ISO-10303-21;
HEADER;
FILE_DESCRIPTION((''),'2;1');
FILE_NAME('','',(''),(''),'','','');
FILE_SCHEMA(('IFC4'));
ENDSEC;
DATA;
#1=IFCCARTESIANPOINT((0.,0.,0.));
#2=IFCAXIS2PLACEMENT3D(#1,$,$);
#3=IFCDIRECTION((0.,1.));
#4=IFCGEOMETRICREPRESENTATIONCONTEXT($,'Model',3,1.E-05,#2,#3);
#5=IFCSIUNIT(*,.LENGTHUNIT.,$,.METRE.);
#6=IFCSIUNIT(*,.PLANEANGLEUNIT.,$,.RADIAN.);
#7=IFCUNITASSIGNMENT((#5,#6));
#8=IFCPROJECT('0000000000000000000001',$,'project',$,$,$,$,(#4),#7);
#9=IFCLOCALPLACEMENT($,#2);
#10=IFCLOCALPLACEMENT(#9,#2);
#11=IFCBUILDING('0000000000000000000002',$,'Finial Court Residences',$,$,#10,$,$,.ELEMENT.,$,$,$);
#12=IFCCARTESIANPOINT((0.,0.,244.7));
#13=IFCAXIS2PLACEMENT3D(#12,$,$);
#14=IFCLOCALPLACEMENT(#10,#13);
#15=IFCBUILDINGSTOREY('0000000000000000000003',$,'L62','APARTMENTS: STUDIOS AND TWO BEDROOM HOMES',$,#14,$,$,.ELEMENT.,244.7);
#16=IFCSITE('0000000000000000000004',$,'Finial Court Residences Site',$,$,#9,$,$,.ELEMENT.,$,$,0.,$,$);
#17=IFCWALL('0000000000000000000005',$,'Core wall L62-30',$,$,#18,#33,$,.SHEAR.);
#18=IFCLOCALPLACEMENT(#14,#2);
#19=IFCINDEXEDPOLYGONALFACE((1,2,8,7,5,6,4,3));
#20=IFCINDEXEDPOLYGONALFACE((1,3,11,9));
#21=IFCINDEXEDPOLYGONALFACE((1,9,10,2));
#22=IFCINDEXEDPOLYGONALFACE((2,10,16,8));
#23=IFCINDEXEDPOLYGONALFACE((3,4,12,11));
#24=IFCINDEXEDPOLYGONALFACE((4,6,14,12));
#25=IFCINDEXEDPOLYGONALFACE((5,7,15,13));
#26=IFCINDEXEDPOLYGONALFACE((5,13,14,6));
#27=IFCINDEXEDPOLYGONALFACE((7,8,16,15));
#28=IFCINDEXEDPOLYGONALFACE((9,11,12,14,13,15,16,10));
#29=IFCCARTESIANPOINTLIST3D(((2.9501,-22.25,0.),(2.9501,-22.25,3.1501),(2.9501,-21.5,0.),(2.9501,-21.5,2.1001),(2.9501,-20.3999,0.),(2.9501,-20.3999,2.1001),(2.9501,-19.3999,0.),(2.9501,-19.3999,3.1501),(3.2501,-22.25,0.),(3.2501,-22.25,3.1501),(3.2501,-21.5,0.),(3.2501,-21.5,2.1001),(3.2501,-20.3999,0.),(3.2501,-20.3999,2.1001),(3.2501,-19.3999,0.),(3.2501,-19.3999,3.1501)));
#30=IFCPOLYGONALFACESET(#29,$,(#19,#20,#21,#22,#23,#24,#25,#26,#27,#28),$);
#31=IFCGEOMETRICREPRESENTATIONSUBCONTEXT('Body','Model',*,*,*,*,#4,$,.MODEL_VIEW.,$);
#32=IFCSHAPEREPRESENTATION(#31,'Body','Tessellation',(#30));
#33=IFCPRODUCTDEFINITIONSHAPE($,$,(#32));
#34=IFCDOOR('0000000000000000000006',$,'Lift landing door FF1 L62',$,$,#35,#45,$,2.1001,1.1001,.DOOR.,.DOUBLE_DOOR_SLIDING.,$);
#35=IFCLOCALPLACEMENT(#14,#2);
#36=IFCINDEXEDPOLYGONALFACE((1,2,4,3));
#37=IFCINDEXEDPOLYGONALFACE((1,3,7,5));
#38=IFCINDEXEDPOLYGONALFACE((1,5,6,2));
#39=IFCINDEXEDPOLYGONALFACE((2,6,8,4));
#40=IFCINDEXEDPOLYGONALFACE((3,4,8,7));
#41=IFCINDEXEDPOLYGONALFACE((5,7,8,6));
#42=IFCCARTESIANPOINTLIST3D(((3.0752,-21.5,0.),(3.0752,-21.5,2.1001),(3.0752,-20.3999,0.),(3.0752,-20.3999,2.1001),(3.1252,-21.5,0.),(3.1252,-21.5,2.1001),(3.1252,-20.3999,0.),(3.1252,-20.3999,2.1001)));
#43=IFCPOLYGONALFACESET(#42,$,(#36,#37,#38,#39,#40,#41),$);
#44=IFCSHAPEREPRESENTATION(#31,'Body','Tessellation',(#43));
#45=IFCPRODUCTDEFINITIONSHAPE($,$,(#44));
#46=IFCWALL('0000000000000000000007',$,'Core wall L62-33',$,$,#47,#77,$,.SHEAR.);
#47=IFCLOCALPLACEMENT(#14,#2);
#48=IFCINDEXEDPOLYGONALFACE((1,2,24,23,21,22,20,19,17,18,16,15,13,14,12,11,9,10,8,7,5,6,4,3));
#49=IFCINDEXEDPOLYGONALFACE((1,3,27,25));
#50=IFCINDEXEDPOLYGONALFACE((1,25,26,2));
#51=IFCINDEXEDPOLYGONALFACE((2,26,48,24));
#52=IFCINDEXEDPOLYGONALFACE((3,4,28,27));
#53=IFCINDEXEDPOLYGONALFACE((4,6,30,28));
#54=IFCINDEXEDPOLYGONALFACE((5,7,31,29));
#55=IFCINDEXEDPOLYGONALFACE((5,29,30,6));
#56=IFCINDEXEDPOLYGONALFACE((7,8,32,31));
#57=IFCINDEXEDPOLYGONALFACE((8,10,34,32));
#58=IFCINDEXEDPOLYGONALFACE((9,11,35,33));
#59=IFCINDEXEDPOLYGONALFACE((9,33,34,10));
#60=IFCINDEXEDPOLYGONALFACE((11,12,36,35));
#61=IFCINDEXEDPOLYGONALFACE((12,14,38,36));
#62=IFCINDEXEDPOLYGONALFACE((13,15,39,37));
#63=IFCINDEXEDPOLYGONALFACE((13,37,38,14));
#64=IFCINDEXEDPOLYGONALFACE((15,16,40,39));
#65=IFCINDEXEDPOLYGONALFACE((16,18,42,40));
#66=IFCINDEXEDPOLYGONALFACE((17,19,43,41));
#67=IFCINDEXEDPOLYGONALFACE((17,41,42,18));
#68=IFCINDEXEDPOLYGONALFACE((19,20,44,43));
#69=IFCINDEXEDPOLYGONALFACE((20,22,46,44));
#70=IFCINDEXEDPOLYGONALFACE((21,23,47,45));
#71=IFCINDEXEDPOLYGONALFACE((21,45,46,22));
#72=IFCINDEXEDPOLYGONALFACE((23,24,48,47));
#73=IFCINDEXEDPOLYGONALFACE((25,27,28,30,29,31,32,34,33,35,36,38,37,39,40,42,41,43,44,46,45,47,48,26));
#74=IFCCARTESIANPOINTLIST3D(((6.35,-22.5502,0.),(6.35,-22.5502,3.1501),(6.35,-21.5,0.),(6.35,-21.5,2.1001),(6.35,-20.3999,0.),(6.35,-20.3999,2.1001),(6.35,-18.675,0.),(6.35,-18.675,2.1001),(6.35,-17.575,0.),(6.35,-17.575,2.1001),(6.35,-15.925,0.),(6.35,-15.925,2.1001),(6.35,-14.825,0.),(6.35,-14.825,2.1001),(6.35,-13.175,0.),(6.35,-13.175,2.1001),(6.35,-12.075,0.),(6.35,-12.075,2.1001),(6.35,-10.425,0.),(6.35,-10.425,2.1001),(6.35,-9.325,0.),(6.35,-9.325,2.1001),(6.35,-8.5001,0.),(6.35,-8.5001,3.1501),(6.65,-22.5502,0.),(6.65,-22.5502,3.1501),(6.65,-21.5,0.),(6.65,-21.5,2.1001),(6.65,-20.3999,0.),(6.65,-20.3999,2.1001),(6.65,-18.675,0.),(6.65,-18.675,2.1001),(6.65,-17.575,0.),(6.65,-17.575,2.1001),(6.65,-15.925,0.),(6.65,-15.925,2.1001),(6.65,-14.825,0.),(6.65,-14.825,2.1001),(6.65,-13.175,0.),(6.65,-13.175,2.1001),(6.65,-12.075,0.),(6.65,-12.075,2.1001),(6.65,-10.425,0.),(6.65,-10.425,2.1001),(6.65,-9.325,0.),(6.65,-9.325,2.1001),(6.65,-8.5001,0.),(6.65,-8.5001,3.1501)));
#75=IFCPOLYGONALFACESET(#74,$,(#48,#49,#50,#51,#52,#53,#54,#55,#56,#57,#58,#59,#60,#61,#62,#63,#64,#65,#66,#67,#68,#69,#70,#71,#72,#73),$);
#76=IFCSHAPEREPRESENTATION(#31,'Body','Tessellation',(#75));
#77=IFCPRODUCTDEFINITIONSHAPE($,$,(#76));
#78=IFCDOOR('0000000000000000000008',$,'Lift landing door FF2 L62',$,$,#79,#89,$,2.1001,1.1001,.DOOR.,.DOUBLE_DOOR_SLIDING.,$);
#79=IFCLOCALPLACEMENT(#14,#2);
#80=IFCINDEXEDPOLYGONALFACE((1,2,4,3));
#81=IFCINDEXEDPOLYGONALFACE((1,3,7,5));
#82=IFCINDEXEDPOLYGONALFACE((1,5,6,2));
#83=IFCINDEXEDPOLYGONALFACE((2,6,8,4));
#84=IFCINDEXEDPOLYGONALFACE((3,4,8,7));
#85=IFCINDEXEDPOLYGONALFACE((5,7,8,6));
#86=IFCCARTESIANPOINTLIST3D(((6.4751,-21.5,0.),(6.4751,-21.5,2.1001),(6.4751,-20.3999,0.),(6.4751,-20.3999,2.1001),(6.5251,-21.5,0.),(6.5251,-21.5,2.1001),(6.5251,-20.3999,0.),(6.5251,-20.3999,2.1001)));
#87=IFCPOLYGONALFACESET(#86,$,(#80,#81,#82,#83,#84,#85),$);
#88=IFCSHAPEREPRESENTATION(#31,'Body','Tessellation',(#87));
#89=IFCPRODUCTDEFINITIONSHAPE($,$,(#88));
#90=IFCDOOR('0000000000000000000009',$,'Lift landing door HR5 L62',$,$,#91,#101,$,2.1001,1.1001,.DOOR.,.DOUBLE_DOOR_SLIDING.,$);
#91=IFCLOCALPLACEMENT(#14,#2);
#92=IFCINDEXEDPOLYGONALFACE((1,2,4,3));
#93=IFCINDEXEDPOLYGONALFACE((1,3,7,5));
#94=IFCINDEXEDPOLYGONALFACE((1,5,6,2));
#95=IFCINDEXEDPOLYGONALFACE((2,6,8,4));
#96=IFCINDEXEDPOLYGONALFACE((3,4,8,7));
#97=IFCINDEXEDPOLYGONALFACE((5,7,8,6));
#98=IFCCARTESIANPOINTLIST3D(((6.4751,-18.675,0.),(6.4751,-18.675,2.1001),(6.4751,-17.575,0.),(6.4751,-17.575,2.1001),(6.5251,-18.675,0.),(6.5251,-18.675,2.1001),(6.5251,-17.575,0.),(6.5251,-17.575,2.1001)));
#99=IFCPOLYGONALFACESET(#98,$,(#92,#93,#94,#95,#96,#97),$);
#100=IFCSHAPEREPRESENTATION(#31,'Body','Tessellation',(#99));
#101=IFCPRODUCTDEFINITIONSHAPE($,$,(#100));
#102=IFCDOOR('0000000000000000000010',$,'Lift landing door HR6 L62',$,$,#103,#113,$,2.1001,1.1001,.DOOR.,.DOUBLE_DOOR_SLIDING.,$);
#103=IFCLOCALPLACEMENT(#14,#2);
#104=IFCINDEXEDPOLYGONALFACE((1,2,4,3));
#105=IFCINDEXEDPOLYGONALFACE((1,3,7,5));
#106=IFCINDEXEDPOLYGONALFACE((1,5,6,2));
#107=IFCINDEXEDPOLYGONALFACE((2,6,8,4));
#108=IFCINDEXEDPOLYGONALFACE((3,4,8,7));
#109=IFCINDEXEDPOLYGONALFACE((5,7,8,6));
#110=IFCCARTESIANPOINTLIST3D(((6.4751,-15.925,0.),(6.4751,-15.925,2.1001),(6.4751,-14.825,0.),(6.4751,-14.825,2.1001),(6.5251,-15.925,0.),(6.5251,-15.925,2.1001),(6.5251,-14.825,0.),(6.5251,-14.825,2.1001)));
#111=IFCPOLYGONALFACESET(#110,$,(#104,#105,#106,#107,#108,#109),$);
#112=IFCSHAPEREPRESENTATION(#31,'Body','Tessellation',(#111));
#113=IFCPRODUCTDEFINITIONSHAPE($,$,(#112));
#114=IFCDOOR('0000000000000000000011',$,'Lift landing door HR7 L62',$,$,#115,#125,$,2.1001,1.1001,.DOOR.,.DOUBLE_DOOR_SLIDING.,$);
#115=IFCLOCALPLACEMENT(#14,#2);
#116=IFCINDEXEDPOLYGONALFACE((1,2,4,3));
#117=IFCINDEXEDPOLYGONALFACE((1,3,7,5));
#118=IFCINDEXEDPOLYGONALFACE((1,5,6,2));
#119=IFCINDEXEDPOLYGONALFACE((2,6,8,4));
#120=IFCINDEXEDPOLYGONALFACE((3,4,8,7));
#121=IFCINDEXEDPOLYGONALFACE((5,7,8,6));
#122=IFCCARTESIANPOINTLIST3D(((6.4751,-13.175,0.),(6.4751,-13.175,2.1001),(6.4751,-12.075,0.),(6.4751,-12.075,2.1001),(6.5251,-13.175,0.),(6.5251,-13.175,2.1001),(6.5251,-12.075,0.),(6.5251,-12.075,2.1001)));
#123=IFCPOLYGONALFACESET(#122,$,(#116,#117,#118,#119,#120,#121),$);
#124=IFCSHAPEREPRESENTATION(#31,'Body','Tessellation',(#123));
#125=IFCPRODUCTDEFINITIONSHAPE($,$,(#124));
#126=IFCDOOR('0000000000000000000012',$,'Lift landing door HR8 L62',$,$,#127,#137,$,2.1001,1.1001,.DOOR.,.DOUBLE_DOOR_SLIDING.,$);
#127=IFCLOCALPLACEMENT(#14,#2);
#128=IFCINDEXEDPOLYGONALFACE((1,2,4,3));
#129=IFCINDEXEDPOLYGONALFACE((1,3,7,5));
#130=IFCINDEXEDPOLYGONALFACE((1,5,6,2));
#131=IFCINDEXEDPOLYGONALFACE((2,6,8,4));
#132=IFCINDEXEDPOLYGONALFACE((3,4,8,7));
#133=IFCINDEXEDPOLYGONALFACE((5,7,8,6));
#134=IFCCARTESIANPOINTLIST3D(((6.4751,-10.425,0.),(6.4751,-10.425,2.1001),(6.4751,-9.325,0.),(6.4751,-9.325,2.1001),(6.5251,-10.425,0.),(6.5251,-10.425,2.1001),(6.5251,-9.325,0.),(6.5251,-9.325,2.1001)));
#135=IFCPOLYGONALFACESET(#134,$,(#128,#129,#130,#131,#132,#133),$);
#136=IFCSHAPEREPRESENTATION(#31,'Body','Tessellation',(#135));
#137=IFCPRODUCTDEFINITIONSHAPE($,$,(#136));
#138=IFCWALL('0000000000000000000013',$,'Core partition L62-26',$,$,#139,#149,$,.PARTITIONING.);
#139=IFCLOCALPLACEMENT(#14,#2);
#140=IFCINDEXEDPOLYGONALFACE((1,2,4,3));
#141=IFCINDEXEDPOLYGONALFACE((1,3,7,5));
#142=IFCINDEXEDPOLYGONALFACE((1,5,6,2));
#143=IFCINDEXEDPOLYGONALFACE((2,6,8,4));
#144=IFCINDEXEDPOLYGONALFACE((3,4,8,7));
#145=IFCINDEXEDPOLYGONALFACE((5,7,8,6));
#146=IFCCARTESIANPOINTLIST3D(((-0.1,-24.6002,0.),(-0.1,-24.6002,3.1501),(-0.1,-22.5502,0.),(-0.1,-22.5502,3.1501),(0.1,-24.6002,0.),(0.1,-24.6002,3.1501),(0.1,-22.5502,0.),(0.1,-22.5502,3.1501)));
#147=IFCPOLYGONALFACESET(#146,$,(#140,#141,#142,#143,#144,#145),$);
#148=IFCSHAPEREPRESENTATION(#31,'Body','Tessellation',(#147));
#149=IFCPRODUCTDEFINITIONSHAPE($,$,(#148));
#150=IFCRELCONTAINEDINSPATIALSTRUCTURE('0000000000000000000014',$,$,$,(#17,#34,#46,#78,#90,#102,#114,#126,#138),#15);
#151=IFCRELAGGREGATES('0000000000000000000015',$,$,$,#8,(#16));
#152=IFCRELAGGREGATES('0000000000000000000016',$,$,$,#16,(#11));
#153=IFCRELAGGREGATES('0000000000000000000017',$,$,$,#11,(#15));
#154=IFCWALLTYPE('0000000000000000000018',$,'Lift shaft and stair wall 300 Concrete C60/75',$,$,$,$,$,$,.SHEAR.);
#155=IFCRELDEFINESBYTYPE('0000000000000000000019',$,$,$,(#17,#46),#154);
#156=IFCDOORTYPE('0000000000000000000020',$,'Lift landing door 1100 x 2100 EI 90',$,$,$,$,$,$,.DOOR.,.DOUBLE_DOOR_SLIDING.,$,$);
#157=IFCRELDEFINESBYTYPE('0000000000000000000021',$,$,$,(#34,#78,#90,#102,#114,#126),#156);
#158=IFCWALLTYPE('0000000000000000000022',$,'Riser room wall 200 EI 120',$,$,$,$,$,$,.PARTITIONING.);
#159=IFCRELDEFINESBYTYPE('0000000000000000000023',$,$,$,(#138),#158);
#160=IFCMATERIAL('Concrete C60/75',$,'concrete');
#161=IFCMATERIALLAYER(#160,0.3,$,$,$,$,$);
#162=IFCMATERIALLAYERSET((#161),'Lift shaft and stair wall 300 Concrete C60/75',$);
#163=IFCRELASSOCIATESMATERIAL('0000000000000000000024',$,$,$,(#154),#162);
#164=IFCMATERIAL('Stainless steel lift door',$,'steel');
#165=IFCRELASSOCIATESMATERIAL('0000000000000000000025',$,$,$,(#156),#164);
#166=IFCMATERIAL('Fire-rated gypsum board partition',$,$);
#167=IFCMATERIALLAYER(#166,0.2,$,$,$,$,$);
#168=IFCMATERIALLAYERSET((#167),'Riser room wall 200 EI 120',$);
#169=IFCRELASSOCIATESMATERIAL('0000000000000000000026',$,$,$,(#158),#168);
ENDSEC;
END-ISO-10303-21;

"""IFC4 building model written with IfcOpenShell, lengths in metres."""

from ifc_helpers import new_model, si_unit, direction, frame, frame_2d, origin, place, context, subcontext, project, spatial, rectangle, extrude, material, layer, layer_set, type_object, element, fill, save


model = new_model("IFC4")

# Units and contexts
model_context = context("Model", 3, precision=1e-05, world=origin(), true_north=direction((0.0, 1.0)))
body_context = subcontext(model_context, "Body", "Model", "MODEL_VIEW")
ifc_project = project(units=[si_unit("LENGTHUNIT", "METRE"), si_unit("PLANEANGLEUNIT", "RADIAN")], contexts=[model_context])

# Site, building, storey
site_placement = place(None, origin())
site = spatial("IfcSite", under=ifc_project, at=site_placement, Name="Finial Court Residences Site", CompositionType="ELEMENT", RefElevation=0.0)
building_placement = place(site_placement, origin())
building = spatial("IfcBuilding", under=site, at=building_placement, Name="Finial Court Residences", CompositionType="ELEMENT")
storey_placement = place(building_placement, frame((0.0, 0.0, 244.7)))
storey = spatial("IfcBuildingStorey", under=building, at=storey_placement, Name="L62", Description="APARTMENTS: STUDIOS AND TWO BEDROOM HOMES", CompositionType="ELEMENT", Elevation=244.7)

# Shared definitions
ifc_material_1 = material(Name="Fire-rated gypsum board partition")

# Shared definitions
ifc_material_2 = material(Name="Concrete C60/75", Category="concrete")
ifc_layer_1 = layer(ifc_material_2, 0.3)
ifc_layer_set_1 = layer_set([ifc_layer_1], Name="Lift shaft and stair wall 300 Concrete C60/75")
wall_type_1 = type_object("IfcWallType", Name="Lift shaft and stair wall 300 Concrete C60/75", PredefinedType="SHEAR", material=ifc_layer_set_1)

# Wall, opening, door
wall_1_placement = place(storey_placement, frame((3.1001, -22.25, 0.0), z_axis=(0.0, 0.0, 1.0), x_axis=(0.0, 1.0, 0.0)))
wall_1 = element("IfcWall", 1, at=wall_1_placement, inside=storey, type_object=wall_type_1, Name="Core wall L62-30", PredefinedType="SHEAR", context=body_context, shape_type="SweptSolid", body=[
    extrude(rectangle(XDim=2.8501, YDim=0.3, at=frame_2d((1.425, 0.0))), origin(), (0.0, 0.0, 1.0), 3.1501),
])
opening_1_placement = place(wall_1_placement, frame((0.75, 0.0, 0.0)))
opening_1 = element("IfcOpeningElement", 2, at=opening_1_placement, cuts=wall_1, PredefinedType="OPENING", context=body_context, shape_type="SweptSolid", body=[
    extrude(rectangle(XDim=1.1001, YDim=2.1001, at=frame_2d((0.55, 1.05))), frame((0.0, 0.1599, 0.0), z_axis=(0.0, -1.0, 0.0), x_axis=(1.0, 0.0, 0.0)), (0.0, 0.0, 1.0), 0.3201),
])
ifc_material_3 = material(Name="Stainless steel lift door", Category="steel")
door_type_1 = type_object("IfcDoorType", Name="Lift landing door 1100 x 2100 EI 90", OperationType="DOUBLE_DOOR_SLIDING", PredefinedType="DOOR", material=ifc_material_3)
door_1_placement = place(opening_1_placement, origin())
door_1 = element("IfcDoor", 3, at=door_1_placement, inside=storey, type_object=door_type_1, Name="Lift landing door FF1 L62", OperationType="DOUBLE_DOOR_SLIDING", OverallHeight=2.1001, OverallWidth=1.1001, PredefinedType="DOOR", context=body_context, shape_type="SweptSolid", body=[
    extrude(rectangle(XDim=1.1001, YDim=2.1001, at=frame_2d((0.55, 1.05))), frame((0.0, 0.0249, 0.0), z_axis=(0.0, -1.0, 0.0), x_axis=(1.0, 0.0, 0.0)), (0.0, 0.0, 1.0), 0.05),
])
fill(opening_1, door_1)

# Wall, openings, doors
wall_2_placement = place(storey_placement, frame((6.5, -22.55, 0.0), z_axis=(0.0, 0.0, 1.0), x_axis=(0.0, 1.0, 0.0)))
wall_2 = element("IfcWall", 4, at=wall_2_placement, inside=storey, type_object=wall_type_1, Name="Core wall L62-33", PredefinedType="SHEAR", context=body_context, shape_type="SweptSolid", body=[
    extrude(rectangle(XDim=14.05, YDim=0.3, at=frame_2d((7.0249, 0.0))), origin(), (0.0, 0.0, 1.0), 3.1501),
])
opening_2_placement = place(wall_2_placement, frame((1.05, 0.0, 0.0)))
opening_2 = element("IfcOpeningElement", 5, at=opening_2_placement, cuts=wall_2, PredefinedType="OPENING", context=body_context, shape_type="SweptSolid", body=[
    extrude(rectangle(XDim=1.1001, YDim=2.1001, at=frame_2d((0.55, 1.05))), frame((0.0, 0.1599, 0.0), z_axis=(0.0, -1.0, 0.0), x_axis=(1.0, 0.0, 0.0)), (0.0, 0.0, 1.0), 0.3201),
])
opening_3_placement = place(wall_2_placement, frame((3.875, 0.0, 0.0)))
opening_3 = element("IfcOpeningElement", 6, at=opening_3_placement, cuts=wall_2, PredefinedType="OPENING", context=body_context, shape_type="SweptSolid", body=[
    extrude(rectangle(XDim=1.1001, YDim=2.1001, at=frame_2d((0.55, 1.05))), frame((0.0, 0.1599, 0.0), z_axis=(0.0, -1.0, 0.0), x_axis=(1.0, 0.0, 0.0)), (0.0, 0.0, 1.0), 0.3201),
])
opening_4_placement = place(wall_2_placement, frame((6.625, 0.0, 0.0)))
opening_4 = element("IfcOpeningElement", 7, at=opening_4_placement, cuts=wall_2, PredefinedType="OPENING", context=body_context, shape_type="SweptSolid", body=[
    extrude(rectangle(XDim=1.1001, YDim=2.1001, at=frame_2d((0.55, 1.05))), frame((0.0, 0.1599, 0.0), z_axis=(0.0, -1.0, 0.0), x_axis=(1.0, 0.0, 0.0)), (0.0, 0.0, 1.0), 0.3201),
])
opening_5_placement = place(wall_2_placement, frame((9.375, 0.0, 0.0)))
opening_5 = element("IfcOpeningElement", 8, at=opening_5_placement, cuts=wall_2, PredefinedType="OPENING", context=body_context, shape_type="SweptSolid", body=[
    extrude(rectangle(XDim=1.1001, YDim=2.1001, at=frame_2d((0.55, 1.05))), frame((0.0, 0.1599, 0.0), z_axis=(0.0, -1.0, 0.0), x_axis=(1.0, 0.0, 0.0)), (0.0, 0.0, 1.0), 0.3201),
])
opening_6_placement = place(wall_2_placement, frame((12.125, 0.0, 0.0)))
opening_6 = element("IfcOpeningElement", 9, at=opening_6_placement, cuts=wall_2, PredefinedType="OPENING", context=body_context, shape_type="SweptSolid", body=[
    extrude(rectangle(XDim=1.1001, YDim=2.1001, at=frame_2d((0.55, 1.05))), frame((0.0, 0.1599, 0.0), z_axis=(0.0, -1.0, 0.0), x_axis=(1.0, 0.0, 0.0)), (0.0, 0.0, 1.0), 0.3201),
])
door_2_placement = place(opening_2_placement, origin())
door_2 = element("IfcDoor", 10, at=door_2_placement, inside=storey, type_object=door_type_1, Name="Lift landing door FF2 L62", OperationType="DOUBLE_DOOR_SLIDING", OverallHeight=2.1001, OverallWidth=1.1001, PredefinedType="DOOR", context=body_context, shape_type="SweptSolid", body=[
    extrude(rectangle(XDim=1.1001, YDim=2.1001, at=frame_2d((0.55, 1.05))), frame((0.0, 0.0249, 0.0), z_axis=(0.0, -1.0, 0.0), x_axis=(1.0, 0.0, 0.0)), (0.0, 0.0, 1.0), 0.05),
])
fill(opening_2, door_2)
door_3_placement = place(opening_3_placement, origin())
door_3 = element("IfcDoor", 11, at=door_3_placement, inside=storey, type_object=door_type_1, Name="Lift landing door HR5 L62", OperationType="DOUBLE_DOOR_SLIDING", OverallHeight=2.1001, OverallWidth=1.1001, PredefinedType="DOOR", context=body_context, shape_type="SweptSolid", body=[
    extrude(rectangle(XDim=1.1001, YDim=2.1001, at=frame_2d((0.55, 1.05))), frame((0.0, 0.0249, 0.0), z_axis=(0.0, -1.0, 0.0), x_axis=(1.0, 0.0, 0.0)), (0.0, 0.0, 1.0), 0.05),
])
fill(opening_3, door_3)
door_4_placement = place(opening_4_placement, origin())
door_4 = element("IfcDoor", 12, at=door_4_placement, inside=storey, type_object=door_type_1, Name="Lift landing door HR6 L62", OperationType="DOUBLE_DOOR_SLIDING", OverallHeight=2.1001, OverallWidth=1.1001, PredefinedType="DOOR", context=body_context, shape_type="SweptSolid", body=[
    extrude(rectangle(XDim=1.1001, YDim=2.1001, at=frame_2d((0.55, 1.05))), frame((0.0, 0.0249, 0.0), z_axis=(0.0, -1.0, 0.0), x_axis=(1.0, 0.0, 0.0)), (0.0, 0.0, 1.0), 0.05),
])
fill(opening_4, door_4)
door_5_placement = place(opening_5_placement, origin())
door_5 = element("IfcDoor", 13, at=door_5_placement, inside=storey, type_object=door_type_1, Name="Lift landing door HR7 L62", OperationType="DOUBLE_DOOR_SLIDING", OverallHeight=2.1001, OverallWidth=1.1001, PredefinedType="DOOR", context=body_context, shape_type="SweptSolid", body=[
    extrude(rectangle(XDim=1.1001, YDim=2.1001, at=frame_2d((0.55, 1.05))), frame((0.0, 0.0249, 0.0), z_axis=(0.0, -1.0, 0.0), x_axis=(1.0, 0.0, 0.0)), (0.0, 0.0, 1.0), 0.05),
])
fill(opening_5, door_5)
door_6_placement = place(opening_6_placement, origin())
door_6 = element("IfcDoor", 14, at=door_6_placement, inside=storey, type_object=door_type_1, Name="Lift landing door HR8 L62", OperationType="DOUBLE_DOOR_SLIDING", OverallHeight=2.1001, OverallWidth=1.1001, PredefinedType="DOOR", context=body_context, shape_type="SweptSolid", body=[
    extrude(rectangle(XDim=1.1001, YDim=2.1001, at=frame_2d((0.55, 1.05))), frame((0.0, 0.0249, 0.0), z_axis=(0.0, -1.0, 0.0), x_axis=(1.0, 0.0, 0.0)), (0.0, 0.0, 1.0), 0.05),
])
fill(opening_6, door_6)

# Wall
ifc_layer_2 = layer(ifc_material_1, 0.2)
ifc_layer_set_2 = layer_set([ifc_layer_2], Name="Riser room wall 200 EI 120")
wall_type_2 = type_object("IfcWallType", Name="Riser room wall 200 EI 120", PredefinedType="PARTITIONING", material=ifc_layer_set_2)
wall_3_placement = place(storey_placement, frame((0.0, -24.6001, 0.0), z_axis=(0.0, 0.0, 1.0), x_axis=(0.0, 1.0, 0.0)))
element("IfcWall", 15, at=wall_3_placement, inside=storey, type_object=wall_type_2, Name="Core partition L62-26", PredefinedType="PARTITIONING", context=body_context, shape_type="SweptSolid", body=[
    extrude(rectangle(XDim=2.05, YDim=0.2, at=frame_2d((1.0249, 0.0))), origin(), (0.0, 0.0, 1.0), 3.1501),
])

save(model, "model.ifc")
